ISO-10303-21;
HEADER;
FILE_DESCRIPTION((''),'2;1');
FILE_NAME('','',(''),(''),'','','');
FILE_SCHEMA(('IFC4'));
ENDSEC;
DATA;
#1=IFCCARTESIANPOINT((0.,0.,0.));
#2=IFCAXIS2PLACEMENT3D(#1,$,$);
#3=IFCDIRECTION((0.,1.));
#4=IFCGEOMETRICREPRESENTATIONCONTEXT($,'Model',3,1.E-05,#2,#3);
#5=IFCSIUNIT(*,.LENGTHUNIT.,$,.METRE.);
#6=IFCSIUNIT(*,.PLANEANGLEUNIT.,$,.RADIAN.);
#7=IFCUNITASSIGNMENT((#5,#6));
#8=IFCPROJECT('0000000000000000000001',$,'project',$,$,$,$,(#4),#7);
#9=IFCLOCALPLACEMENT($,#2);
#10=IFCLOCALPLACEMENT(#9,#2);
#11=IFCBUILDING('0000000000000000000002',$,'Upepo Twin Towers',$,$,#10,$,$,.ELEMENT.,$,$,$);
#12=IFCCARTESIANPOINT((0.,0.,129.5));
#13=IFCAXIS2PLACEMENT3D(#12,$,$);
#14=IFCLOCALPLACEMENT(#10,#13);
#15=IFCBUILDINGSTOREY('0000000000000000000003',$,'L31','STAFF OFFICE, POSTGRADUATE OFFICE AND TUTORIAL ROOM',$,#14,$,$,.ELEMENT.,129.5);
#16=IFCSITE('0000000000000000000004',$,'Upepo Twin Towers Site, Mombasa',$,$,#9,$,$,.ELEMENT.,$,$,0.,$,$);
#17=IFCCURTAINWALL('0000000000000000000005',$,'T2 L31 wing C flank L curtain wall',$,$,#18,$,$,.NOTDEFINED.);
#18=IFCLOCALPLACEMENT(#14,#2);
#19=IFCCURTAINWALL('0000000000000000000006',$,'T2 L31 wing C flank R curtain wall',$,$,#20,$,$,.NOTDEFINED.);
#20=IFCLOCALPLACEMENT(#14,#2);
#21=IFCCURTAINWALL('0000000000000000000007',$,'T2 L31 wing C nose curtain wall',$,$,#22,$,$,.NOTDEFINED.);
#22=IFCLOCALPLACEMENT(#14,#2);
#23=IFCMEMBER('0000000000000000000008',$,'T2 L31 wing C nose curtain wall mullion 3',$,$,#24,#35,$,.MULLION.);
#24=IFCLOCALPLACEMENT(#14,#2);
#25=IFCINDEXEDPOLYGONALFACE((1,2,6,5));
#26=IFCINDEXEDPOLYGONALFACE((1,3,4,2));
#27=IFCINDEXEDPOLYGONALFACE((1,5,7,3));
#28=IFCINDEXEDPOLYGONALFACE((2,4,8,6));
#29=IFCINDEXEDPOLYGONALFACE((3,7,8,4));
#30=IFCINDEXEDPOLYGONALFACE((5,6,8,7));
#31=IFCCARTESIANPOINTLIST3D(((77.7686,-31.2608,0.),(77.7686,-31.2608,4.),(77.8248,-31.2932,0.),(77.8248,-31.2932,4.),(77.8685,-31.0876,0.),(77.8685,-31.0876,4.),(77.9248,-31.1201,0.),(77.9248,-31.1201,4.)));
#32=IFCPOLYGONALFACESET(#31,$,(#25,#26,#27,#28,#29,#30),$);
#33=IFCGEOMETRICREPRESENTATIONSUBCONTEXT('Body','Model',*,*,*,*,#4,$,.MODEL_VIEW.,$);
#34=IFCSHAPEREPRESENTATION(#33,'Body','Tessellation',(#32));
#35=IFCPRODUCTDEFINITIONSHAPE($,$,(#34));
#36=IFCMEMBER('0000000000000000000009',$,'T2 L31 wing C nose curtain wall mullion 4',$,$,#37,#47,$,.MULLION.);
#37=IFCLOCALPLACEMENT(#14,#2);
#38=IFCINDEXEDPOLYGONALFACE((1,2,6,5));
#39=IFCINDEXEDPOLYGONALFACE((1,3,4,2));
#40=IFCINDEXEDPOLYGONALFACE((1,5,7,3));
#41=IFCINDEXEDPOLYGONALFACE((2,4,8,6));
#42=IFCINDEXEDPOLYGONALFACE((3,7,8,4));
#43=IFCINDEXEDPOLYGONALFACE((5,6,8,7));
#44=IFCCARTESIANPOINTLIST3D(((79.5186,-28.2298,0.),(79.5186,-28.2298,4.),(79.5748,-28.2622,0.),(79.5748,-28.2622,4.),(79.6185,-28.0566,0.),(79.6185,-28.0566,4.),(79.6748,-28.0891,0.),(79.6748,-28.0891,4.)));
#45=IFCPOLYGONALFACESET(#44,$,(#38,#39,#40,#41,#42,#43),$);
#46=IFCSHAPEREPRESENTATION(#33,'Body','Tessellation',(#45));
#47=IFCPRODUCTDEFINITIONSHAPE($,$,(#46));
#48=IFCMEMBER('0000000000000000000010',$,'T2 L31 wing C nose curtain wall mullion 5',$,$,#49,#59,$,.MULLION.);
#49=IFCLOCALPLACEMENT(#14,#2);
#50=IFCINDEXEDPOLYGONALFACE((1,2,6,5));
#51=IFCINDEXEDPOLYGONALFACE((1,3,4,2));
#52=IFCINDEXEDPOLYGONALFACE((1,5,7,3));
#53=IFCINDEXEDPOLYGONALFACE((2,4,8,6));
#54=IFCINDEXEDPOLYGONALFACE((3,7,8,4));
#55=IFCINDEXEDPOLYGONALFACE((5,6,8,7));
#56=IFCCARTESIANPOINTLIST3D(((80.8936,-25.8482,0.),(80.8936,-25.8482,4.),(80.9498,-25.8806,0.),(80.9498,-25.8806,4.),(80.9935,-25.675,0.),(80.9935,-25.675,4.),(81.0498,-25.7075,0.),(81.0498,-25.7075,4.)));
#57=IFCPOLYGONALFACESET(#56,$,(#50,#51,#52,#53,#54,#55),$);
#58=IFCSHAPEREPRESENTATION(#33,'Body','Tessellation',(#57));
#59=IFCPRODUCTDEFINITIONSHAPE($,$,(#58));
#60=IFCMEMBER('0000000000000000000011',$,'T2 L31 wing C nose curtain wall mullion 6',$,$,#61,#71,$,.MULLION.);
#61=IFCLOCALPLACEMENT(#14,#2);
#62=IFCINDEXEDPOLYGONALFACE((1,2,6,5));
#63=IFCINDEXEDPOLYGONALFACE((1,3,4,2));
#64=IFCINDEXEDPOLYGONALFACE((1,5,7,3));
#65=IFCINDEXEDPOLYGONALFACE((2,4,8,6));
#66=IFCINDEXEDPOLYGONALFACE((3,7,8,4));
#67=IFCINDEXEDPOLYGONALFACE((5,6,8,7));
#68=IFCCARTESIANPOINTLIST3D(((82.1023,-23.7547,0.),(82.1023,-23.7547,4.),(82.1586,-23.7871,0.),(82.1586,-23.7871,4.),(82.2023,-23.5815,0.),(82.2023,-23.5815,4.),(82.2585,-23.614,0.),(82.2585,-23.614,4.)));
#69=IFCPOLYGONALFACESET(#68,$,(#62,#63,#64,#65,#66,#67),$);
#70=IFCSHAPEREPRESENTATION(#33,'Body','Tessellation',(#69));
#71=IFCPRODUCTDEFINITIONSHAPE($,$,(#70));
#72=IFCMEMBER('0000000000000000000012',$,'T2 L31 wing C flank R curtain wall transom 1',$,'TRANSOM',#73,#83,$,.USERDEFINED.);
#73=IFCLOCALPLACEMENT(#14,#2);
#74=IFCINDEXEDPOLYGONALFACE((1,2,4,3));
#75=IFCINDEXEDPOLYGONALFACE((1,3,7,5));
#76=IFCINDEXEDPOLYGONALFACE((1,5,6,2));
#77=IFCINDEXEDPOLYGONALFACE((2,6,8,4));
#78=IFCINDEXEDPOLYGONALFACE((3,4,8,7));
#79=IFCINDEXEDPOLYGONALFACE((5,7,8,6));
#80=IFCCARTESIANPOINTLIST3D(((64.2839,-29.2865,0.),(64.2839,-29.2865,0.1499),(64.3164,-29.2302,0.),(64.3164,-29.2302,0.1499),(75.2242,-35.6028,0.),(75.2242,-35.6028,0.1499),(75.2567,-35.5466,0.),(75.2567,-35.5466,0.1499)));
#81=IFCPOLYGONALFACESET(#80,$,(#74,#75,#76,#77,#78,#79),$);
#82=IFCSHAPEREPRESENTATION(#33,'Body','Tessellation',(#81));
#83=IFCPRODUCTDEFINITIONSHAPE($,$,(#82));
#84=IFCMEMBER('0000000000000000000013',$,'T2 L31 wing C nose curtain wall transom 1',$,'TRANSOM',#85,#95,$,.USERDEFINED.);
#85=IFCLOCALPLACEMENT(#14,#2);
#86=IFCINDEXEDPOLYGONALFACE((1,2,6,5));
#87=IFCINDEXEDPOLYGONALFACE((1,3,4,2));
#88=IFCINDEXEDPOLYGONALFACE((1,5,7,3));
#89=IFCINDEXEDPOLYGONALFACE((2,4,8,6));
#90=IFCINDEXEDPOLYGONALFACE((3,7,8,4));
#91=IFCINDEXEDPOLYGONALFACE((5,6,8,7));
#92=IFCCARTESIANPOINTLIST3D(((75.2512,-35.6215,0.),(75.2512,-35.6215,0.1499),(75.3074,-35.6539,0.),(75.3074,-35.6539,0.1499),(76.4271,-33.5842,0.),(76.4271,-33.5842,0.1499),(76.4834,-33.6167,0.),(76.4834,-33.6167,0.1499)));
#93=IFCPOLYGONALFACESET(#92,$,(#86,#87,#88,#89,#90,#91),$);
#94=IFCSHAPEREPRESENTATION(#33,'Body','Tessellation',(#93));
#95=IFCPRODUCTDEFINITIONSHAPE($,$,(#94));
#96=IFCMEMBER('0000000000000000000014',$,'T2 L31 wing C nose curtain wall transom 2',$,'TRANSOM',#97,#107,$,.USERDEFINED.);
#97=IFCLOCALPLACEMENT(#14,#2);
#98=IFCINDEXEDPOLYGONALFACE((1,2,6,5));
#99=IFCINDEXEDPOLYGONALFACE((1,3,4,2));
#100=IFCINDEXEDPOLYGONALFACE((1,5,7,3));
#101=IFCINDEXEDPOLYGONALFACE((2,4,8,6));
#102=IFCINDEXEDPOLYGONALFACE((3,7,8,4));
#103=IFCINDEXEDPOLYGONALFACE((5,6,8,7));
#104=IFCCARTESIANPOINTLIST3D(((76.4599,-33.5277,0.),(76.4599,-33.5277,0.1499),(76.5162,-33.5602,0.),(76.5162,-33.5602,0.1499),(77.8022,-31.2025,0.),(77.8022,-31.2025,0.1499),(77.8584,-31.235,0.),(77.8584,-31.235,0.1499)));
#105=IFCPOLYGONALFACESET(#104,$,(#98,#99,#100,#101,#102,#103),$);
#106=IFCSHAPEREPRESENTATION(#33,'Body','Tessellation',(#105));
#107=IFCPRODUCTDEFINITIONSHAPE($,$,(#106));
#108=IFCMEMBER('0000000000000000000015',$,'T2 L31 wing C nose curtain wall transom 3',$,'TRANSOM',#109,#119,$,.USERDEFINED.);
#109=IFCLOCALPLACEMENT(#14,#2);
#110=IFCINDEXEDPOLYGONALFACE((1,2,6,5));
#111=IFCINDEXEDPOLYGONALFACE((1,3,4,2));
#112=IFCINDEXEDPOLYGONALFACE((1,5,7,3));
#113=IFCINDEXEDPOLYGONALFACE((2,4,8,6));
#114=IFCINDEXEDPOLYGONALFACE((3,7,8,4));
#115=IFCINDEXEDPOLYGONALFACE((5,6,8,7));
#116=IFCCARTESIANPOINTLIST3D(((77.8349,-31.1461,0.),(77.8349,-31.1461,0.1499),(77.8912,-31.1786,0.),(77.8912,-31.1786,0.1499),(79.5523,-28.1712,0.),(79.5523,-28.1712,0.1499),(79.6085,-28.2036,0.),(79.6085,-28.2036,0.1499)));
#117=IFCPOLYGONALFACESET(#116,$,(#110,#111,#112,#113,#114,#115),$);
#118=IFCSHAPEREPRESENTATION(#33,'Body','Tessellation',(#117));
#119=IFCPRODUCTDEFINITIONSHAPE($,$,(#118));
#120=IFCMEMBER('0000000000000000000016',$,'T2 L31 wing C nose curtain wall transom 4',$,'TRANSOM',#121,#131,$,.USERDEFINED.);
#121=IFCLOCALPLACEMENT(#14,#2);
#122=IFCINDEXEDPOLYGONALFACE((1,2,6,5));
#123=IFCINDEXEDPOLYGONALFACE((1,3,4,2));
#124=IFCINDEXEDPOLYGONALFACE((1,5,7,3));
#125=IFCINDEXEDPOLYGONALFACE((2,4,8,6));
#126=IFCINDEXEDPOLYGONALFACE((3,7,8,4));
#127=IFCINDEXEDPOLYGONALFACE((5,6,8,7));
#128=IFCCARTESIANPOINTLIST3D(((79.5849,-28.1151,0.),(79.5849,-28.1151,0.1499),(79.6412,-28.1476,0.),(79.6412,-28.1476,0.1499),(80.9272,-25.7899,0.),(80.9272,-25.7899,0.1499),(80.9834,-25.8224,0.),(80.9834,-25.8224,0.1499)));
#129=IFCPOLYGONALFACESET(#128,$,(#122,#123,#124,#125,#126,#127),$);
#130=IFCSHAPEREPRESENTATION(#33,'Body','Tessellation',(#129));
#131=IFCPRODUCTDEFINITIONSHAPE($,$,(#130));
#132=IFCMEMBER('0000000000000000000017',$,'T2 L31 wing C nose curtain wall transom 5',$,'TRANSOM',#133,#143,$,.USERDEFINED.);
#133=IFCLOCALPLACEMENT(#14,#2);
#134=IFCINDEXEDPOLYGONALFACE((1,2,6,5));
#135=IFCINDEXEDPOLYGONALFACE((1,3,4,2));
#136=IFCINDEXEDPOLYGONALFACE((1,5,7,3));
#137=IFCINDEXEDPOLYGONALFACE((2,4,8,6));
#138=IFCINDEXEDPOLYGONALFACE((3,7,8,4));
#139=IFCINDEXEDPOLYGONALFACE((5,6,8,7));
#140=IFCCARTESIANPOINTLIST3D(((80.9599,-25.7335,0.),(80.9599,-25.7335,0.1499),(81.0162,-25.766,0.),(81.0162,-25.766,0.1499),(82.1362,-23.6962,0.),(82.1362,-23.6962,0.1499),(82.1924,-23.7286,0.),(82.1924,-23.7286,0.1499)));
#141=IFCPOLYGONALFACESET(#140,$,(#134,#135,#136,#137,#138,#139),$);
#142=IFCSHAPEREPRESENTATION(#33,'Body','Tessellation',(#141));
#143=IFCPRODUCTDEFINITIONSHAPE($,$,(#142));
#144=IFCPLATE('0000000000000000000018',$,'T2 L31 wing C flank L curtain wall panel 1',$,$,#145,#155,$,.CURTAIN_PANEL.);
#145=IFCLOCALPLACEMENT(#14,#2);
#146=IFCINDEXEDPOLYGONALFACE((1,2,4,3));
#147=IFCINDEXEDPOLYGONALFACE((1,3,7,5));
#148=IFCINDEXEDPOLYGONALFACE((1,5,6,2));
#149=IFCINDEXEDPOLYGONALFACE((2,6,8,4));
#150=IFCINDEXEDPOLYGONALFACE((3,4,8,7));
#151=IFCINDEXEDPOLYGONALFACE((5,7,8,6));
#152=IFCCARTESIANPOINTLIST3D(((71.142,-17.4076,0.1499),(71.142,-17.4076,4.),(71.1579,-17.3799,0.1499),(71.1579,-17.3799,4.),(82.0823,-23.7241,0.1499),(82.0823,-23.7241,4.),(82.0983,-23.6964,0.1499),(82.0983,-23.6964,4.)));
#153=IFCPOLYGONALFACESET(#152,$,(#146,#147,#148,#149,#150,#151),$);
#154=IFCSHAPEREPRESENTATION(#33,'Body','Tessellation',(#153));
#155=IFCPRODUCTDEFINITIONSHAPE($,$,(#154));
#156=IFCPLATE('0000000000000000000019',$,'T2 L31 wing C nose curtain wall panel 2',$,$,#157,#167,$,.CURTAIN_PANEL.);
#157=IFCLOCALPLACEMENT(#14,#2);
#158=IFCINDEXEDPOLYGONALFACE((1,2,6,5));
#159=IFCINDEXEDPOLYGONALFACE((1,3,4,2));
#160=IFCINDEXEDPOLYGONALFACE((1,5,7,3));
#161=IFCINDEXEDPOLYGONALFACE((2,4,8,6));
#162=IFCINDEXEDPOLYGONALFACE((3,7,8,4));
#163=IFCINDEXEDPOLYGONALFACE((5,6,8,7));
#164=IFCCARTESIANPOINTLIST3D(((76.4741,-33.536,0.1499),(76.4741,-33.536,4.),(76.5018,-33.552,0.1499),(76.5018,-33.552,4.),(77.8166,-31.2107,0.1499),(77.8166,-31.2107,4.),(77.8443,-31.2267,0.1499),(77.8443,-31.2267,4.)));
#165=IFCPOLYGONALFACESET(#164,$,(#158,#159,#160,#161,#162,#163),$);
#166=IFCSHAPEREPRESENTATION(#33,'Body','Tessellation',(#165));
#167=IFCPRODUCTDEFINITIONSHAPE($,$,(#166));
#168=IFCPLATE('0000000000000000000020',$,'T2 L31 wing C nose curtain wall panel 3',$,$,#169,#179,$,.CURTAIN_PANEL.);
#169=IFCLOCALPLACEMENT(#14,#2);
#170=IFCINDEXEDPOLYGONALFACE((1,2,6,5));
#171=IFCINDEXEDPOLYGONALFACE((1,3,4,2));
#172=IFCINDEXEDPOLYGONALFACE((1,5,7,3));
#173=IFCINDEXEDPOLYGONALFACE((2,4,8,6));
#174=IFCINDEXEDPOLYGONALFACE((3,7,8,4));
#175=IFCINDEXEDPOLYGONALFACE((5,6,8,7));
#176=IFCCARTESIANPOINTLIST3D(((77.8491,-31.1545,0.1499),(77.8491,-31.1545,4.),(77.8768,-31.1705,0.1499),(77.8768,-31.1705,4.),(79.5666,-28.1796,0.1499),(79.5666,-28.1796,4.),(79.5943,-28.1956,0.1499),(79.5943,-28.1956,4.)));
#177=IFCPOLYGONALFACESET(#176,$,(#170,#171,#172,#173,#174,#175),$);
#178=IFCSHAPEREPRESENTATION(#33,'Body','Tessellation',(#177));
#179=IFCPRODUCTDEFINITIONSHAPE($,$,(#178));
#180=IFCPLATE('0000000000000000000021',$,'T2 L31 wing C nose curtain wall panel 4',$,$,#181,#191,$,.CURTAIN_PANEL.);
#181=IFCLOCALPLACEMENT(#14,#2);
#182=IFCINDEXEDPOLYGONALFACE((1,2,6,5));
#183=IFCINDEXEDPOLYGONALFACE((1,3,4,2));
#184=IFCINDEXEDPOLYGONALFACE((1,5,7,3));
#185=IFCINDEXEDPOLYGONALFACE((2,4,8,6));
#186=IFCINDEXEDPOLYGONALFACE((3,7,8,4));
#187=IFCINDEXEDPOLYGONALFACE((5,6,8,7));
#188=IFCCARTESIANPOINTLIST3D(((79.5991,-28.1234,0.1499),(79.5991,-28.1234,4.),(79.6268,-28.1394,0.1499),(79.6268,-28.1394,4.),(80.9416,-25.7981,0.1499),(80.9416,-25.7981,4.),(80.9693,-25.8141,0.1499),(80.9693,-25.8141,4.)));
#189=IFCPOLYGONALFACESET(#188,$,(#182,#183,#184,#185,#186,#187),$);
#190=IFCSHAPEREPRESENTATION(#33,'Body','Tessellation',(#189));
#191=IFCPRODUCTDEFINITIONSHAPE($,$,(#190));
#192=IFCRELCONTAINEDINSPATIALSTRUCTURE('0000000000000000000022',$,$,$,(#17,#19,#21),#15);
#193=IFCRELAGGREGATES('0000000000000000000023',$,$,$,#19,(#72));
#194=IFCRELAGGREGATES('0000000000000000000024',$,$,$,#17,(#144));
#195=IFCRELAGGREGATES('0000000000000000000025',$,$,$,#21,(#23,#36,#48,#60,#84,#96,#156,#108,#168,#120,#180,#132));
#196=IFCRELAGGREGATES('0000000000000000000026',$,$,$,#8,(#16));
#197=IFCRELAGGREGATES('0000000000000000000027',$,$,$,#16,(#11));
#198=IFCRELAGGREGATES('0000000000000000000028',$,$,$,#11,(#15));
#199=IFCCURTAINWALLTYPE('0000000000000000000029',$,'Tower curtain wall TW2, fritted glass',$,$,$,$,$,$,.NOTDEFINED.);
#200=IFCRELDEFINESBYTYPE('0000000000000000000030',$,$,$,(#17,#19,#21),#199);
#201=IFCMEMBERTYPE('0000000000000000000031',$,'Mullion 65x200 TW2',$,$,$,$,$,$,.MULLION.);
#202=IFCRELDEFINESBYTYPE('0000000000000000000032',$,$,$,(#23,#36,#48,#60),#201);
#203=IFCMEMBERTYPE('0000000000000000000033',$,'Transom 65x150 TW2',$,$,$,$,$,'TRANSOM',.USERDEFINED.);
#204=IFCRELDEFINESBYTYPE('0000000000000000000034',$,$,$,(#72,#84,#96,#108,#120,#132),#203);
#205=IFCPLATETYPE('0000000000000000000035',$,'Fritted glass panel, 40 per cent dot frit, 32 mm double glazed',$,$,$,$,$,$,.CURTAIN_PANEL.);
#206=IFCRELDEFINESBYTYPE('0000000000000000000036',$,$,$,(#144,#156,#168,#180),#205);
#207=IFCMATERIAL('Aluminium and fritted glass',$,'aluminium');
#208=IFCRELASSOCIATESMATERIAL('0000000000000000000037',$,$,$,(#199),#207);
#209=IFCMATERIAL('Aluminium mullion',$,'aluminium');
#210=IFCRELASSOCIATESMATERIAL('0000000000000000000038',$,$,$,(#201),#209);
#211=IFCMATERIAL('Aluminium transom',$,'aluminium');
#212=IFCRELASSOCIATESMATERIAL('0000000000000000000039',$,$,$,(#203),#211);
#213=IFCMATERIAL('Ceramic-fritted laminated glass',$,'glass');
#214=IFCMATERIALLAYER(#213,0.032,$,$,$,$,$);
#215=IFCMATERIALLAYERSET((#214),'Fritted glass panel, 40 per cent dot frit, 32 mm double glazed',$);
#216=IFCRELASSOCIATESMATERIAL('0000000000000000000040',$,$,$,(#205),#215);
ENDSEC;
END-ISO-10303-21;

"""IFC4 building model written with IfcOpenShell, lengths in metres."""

from ifc_helpers import new_model, si_unit, direction, frame, origin, origin_2d, place, context, subcontext, project, spatial, rectangle, extrude, material, layer, layer_set, material_profile, profile_set, type_object, element, aggregate, save


model = new_model("IFC4")

# Units and contexts
model_context = context("Model", 3, precision=1e-05, world=origin(), true_north=direction((0.0, 1.0)))
body_context = subcontext(model_context, "Body", "Model", "MODEL_VIEW")
ifc_project = project(units=[si_unit("LENGTHUNIT", "METRE"), si_unit("PLANEANGLEUNIT", "RADIAN")], contexts=[model_context])

# Site, building, storey
site_placement = place(None, origin())
site = spatial("IfcSite", under=ifc_project, at=site_placement, Name="Upepo Twin Towers Site, Mombasa", CompositionType="ELEMENT", RefElevation=0.0)
building_placement = place(site_placement, origin())
building = spatial("IfcBuilding", under=site, at=building_placement, Name="Upepo Twin Towers", CompositionType="ELEMENT")
storey_placement = place(building_placement, frame((0.0, 0.0, 129.5)))
storey = spatial("IfcBuildingStorey", under=building, at=storey_placement, Name="L31", Description="STAFF OFFICE, POSTGRADUATE OFFICE AND TUTORIAL ROOM", CompositionType="ELEMENT", Elevation=129.5)

# Curtain walls
ifc_material_1 = material(Name="Aluminium and fritted glass", Category="aluminium")
curtain_wall_type = type_object("IfcCurtainWallType", Name="Tower curtain wall TW2, fritted glass", PredefinedType="NOTDEFINED", material=ifc_material_1)
curtain_wall_1_placement = place(storey_placement, origin())
curtain_wall_1 = element("IfcCurtainWall", 1, at=curtain_wall_1_placement, inside=storey, type_object=curtain_wall_type, Name="T2 L31 wing C flank L curtain wall", PredefinedType="NOTDEFINED")
ifc_material_2 = material(Name="Aluminium mullion", Category="aluminium")
ifc_material_profile_1 = material_profile(ifc_material_2, rectangle(XDim=0.0649, YDim=0.2, at=origin_2d()), Name="MULLION 65x200")
ifc_profile_set_1 = profile_set([ifc_material_profile_1], Name="Aluminium mullion")
member_type_1 = type_object("IfcMemberType", Name="Mullion 65x200 TW2", PredefinedType="MULLION", material=ifc_profile_set_1)
curtain_wall_2_placement = place(storey_placement, origin())
curtain_wall_2 = element("IfcCurtainWall", 2, at=curtain_wall_2_placement, inside=storey, type_object=curtain_wall_type, Name="T2 L31 wing C flank R curtain wall", PredefinedType="NOTDEFINED")

# Curtain wall, members
curtain_wall_3_placement = place(storey_placement, origin())
curtain_wall_3 = element("IfcCurtainWall", 3, at=curtain_wall_3_placement, inside=storey, type_object=curtain_wall_type, Name="T2 L31 wing C nose curtain wall", PredefinedType="NOTDEFINED")
member_1_placement = place(storey_placement, frame((77.8467, -31.1904, 0.0), z_axis=(0.0, 0.0, 1.0), x_axis=(-0.866025, 0.5, 0.0)))
member_1 = element("IfcMember", 4, at=member_1_placement, type_object=member_type_1, Name="T2 L31 wing C nose curtain wall mullion 3", PredefinedType="MULLION", context=body_context, shape_type="SweptSolid", body=[
    extrude(rectangle(XDim=0.0649, YDim=0.2, at=origin_2d()), origin(), (0.0, 0.0, 1.0), 4.0),
])
member_2_placement = place(storey_placement, frame((79.5967, -28.1594, 0.0), z_axis=(0.0, 0.0, 1.0), x_axis=(-0.866025, 0.5, 0.0)))
member_2 = element("IfcMember", 5, at=member_2_placement, type_object=member_type_1, Name="T2 L31 wing C nose curtain wall mullion 4", PredefinedType="MULLION", context=body_context, shape_type="SweptSolid", body=[
    extrude(rectangle(XDim=0.0649, YDim=0.2, at=origin_2d()), origin(), (0.0, 0.0, 1.0), 4.0),
])
member_3_placement = place(storey_placement, frame((80.9717, -25.7778, 0.0), z_axis=(0.0, 0.0, 1.0), x_axis=(-0.866025, 0.5, 0.0)))
member_3 = element("IfcMember", 6, at=member_3_placement, type_object=member_type_1, Name="T2 L31 wing C nose curtain wall mullion 5", PredefinedType="MULLION", context=body_context, shape_type="SweptSolid", body=[
    extrude(rectangle(XDim=0.0649, YDim=0.2, at=origin_2d()), origin(), (0.0, 0.0, 1.0), 4.0),
])
member_4_placement = place(storey_placement, frame((82.1804, -23.6843, 0.0), z_axis=(0.0, 0.0, 1.0), x_axis=(-0.866025, 0.5, 0.0)))
member_4 = element("IfcMember", 7, at=member_4_placement, type_object=member_type_1, Name="T2 L31 wing C nose curtain wall mullion 6", PredefinedType="MULLION", context=body_context, shape_type="SweptSolid", body=[
    extrude(rectangle(XDim=0.0649, YDim=0.2, at=origin_2d()), origin(), (0.0, 0.0, 1.0), 4.0),
])

# Members
ifc_material_3 = material(Name="Aluminium transom", Category="aluminium")
ifc_material_profile_2 = material_profile(ifc_material_3, rectangle(XDim=0.0649, YDim=0.1499, at=origin_2d()), Name="TRANSOM 65x150")
ifc_profile_set_2 = profile_set([ifc_material_profile_2], Name="Aluminium transom")
member_type_2 = type_object("IfcMemberType", Name="Transom 65x150 TW2", ElementType="TRANSOM", PredefinedType="USERDEFINED", material=ifc_profile_set_2)
member_5_placement = place(storey_placement, frame((75.2405, -35.5747, 0.075), z_axis=(-0.866027, 0.499997, 0.0), x_axis=(-0.499997, -0.866027, 0.0)))
member_5 = element("IfcMember", 8, at=member_5_placement, type_object=member_type_2, Name="T2 L31 wing C flank R curtain wall transom 1", ObjectType="TRANSOM", PredefinedType="USERDEFINED", context=body_context, shape_type="SweptSolid", body=[
    extrude(rectangle(XDim=0.0649, YDim=0.1499, at=origin_2d()), origin(), (0.0, 0.0, 1.0), 12.6328),
])
aggregate(curtain_wall_2, [member_5])
member_6_placement = place(storey_placement, frame((75.2793, -35.6377, 0.075), z_axis=(0.499923, 0.86607, 0.0), x_axis=(-0.86607, 0.499923, 0.0)))
member_6 = element("IfcMember", 9, at=member_6_placement, type_object=member_type_2, Name="T2 L31 wing C nose curtain wall transom 1", ObjectType="TRANSOM", PredefinedType="USERDEFINED", context=body_context, shape_type="SweptSolid", body=[
    extrude(rectangle(XDim=0.0649, YDim=0.1499, at=origin_2d()), origin(), (0.0, 0.0, 1.0), 2.3523),
])
member_7_placement = place(storey_placement, frame((76.488, -33.5439, 0.075), z_axis=(0.499953, 0.866052, 0.0), x_axis=(-0.866052, 0.499953, 0.0)))
member_7 = element("IfcMember", 10, at=member_7_placement, type_object=member_type_2, Name="T2 L31 wing C nose curtain wall transom 2", ObjectType="TRANSOM", PredefinedType="USERDEFINED", context=body_context, shape_type="SweptSolid", body=[
    extrude(rectangle(XDim=0.0649, YDim=0.1499, at=origin_2d()), origin(), (0.0, 0.0, 1.0), 2.6848),
])
member_8_placement = place(storey_placement, frame((77.863, -31.1624, 0.075), z_axis=(0.499946, 0.866057, 0.0), x_axis=(-0.866057, 0.499946, 0.0)))
member_8 = element("IfcMember", 11, at=member_8_placement, type_object=member_type_2, Name="T2 L31 wing C nose curtain wall transom 3", ObjectType="TRANSOM", PredefinedType="USERDEFINED", context=body_context, shape_type="SweptSolid", body=[
    extrude(rectangle(XDim=0.0649, YDim=0.1499, at=origin_2d()), origin(), (0.0, 0.0, 1.0), 3.4351),
])
member_9_placement = place(storey_placement, frame((79.613, -28.1313, 0.075), z_axis=(0.499953, 0.866052, 0.0), x_axis=(-0.866052, 0.499953, 0.0)))
member_9 = element("IfcMember", 12, at=member_9_placement, type_object=member_type_2, Name="T2 L31 wing C nose curtain wall transom 4", ObjectType="TRANSOM", PredefinedType="USERDEFINED", context=body_context, shape_type="SweptSolid", body=[
    extrude(rectangle(XDim=0.0649, YDim=0.1499, at=origin_2d()), origin(), (0.0, 0.0, 1.0), 2.6848),
])
member_10_placement = place(storey_placement, frame((80.988, -25.7498, 0.075), z_axis=(0.500001, 0.866025, 0.0), x_axis=(-0.866025, 0.500001, 0.0)))
member_10 = element("IfcMember", 13, at=member_10_placement, type_object=member_type_2, Name="T2 L31 wing C nose curtain wall transom 5", ObjectType="TRANSOM", PredefinedType="USERDEFINED", context=body_context, shape_type="SweptSolid", body=[
    extrude(rectangle(XDim=0.0649, YDim=0.1499, at=origin_2d()), origin(), (0.0, 0.0, 1.0), 2.3525),
])

# Plates
ifc_material_4 = material(Name="Ceramic-fritted laminated glass", Category="glass")
ifc_layer_1 = layer(ifc_material_4, 0.032)
ifc_layer_set_1 = layer_set([ifc_layer_1], Name="Fritted glass panel, 40 per cent dot frit, 32 mm double glazed")
plate_type_1 = type_object("IfcPlateType", Name="Fritted glass panel, 40 per cent dot frit, 32 mm double glazed", PredefinedType="CURTAIN_PANEL", material=ifc_layer_set_1)
plate_1_placement = place(storey_placement, frame((76.6201, -20.552, 0.1499), z_axis=(0.0, 0.0, 1.0), x_axis=(0.866025, -0.5, 0.0)))
plate_1 = element("IfcPlate", 14, at=plate_1_placement, type_object=plate_type_1, Name="T2 L31 wing C flank L curtain wall panel 1", PredefinedType="CURTAIN_PANEL", context=body_context, shape_type="SweptSolid", body=[
    extrude(rectangle(XDim=12.6328, YDim=0.032, at=origin_2d()), origin(), (0.0, 0.0, 1.0), 3.8501),
])
aggregate(curtain_wall_1, [plate_1])
plate_2_placement = place(storey_placement, frame((77.1592, -32.3813, 0.1499), z_axis=(0.0, 0.0, 1.0), x_axis=(0.5, 0.866025, 0.0)))
plate_2 = element("IfcPlate", 15, at=plate_2_placement, type_object=plate_type_1, Name="T2 L31 wing C nose curtain wall panel 2", PredefinedType="CURTAIN_PANEL", context=body_context, shape_type="SweptSolid", body=[
    extrude(rectangle(XDim=2.6851, YDim=0.032, at=origin_2d()), origin(), (0.0, 0.0, 1.0), 3.8501),
])
plate_3_placement = place(storey_placement, frame((78.7217, -29.675, 0.1499), z_axis=(0.0, 0.0, 1.0), x_axis=(0.5, 0.866025, 0.0)))
plate_3 = element("IfcPlate", 16, at=plate_3_placement, type_object=plate_type_1, Name="T2 L31 wing C nose curtain wall panel 3", PredefinedType="CURTAIN_PANEL", context=body_context, shape_type="SweptSolid", body=[
    extrude(rectangle(XDim=3.4351, YDim=0.032, at=origin_2d()), origin(), (0.0, 0.0, 1.0), 3.8501),
])
plate_4_placement = place(storey_placement, frame((80.2842, -26.9688, 0.1499), z_axis=(0.0, 0.0, 1.0), x_axis=(0.5, 0.866025, 0.0)))
plate_4 = element("IfcPlate", 17, at=plate_4_placement, type_object=plate_type_1, Name="T2 L31 wing C nose curtain wall panel 4", PredefinedType="CURTAIN_PANEL", context=body_context, shape_type="SweptSolid", body=[
    extrude(rectangle(XDim=2.6851, YDim=0.032, at=origin_2d()), origin(), (0.0, 0.0, 1.0), 3.8501),
])
aggregate(curtain_wall_3, [member_1, member_2, member_3, member_4, member_6, member_7, plate_2, member_8, plate_3, member_9, plate_4, member_10])

save(model, "model.ifc")
